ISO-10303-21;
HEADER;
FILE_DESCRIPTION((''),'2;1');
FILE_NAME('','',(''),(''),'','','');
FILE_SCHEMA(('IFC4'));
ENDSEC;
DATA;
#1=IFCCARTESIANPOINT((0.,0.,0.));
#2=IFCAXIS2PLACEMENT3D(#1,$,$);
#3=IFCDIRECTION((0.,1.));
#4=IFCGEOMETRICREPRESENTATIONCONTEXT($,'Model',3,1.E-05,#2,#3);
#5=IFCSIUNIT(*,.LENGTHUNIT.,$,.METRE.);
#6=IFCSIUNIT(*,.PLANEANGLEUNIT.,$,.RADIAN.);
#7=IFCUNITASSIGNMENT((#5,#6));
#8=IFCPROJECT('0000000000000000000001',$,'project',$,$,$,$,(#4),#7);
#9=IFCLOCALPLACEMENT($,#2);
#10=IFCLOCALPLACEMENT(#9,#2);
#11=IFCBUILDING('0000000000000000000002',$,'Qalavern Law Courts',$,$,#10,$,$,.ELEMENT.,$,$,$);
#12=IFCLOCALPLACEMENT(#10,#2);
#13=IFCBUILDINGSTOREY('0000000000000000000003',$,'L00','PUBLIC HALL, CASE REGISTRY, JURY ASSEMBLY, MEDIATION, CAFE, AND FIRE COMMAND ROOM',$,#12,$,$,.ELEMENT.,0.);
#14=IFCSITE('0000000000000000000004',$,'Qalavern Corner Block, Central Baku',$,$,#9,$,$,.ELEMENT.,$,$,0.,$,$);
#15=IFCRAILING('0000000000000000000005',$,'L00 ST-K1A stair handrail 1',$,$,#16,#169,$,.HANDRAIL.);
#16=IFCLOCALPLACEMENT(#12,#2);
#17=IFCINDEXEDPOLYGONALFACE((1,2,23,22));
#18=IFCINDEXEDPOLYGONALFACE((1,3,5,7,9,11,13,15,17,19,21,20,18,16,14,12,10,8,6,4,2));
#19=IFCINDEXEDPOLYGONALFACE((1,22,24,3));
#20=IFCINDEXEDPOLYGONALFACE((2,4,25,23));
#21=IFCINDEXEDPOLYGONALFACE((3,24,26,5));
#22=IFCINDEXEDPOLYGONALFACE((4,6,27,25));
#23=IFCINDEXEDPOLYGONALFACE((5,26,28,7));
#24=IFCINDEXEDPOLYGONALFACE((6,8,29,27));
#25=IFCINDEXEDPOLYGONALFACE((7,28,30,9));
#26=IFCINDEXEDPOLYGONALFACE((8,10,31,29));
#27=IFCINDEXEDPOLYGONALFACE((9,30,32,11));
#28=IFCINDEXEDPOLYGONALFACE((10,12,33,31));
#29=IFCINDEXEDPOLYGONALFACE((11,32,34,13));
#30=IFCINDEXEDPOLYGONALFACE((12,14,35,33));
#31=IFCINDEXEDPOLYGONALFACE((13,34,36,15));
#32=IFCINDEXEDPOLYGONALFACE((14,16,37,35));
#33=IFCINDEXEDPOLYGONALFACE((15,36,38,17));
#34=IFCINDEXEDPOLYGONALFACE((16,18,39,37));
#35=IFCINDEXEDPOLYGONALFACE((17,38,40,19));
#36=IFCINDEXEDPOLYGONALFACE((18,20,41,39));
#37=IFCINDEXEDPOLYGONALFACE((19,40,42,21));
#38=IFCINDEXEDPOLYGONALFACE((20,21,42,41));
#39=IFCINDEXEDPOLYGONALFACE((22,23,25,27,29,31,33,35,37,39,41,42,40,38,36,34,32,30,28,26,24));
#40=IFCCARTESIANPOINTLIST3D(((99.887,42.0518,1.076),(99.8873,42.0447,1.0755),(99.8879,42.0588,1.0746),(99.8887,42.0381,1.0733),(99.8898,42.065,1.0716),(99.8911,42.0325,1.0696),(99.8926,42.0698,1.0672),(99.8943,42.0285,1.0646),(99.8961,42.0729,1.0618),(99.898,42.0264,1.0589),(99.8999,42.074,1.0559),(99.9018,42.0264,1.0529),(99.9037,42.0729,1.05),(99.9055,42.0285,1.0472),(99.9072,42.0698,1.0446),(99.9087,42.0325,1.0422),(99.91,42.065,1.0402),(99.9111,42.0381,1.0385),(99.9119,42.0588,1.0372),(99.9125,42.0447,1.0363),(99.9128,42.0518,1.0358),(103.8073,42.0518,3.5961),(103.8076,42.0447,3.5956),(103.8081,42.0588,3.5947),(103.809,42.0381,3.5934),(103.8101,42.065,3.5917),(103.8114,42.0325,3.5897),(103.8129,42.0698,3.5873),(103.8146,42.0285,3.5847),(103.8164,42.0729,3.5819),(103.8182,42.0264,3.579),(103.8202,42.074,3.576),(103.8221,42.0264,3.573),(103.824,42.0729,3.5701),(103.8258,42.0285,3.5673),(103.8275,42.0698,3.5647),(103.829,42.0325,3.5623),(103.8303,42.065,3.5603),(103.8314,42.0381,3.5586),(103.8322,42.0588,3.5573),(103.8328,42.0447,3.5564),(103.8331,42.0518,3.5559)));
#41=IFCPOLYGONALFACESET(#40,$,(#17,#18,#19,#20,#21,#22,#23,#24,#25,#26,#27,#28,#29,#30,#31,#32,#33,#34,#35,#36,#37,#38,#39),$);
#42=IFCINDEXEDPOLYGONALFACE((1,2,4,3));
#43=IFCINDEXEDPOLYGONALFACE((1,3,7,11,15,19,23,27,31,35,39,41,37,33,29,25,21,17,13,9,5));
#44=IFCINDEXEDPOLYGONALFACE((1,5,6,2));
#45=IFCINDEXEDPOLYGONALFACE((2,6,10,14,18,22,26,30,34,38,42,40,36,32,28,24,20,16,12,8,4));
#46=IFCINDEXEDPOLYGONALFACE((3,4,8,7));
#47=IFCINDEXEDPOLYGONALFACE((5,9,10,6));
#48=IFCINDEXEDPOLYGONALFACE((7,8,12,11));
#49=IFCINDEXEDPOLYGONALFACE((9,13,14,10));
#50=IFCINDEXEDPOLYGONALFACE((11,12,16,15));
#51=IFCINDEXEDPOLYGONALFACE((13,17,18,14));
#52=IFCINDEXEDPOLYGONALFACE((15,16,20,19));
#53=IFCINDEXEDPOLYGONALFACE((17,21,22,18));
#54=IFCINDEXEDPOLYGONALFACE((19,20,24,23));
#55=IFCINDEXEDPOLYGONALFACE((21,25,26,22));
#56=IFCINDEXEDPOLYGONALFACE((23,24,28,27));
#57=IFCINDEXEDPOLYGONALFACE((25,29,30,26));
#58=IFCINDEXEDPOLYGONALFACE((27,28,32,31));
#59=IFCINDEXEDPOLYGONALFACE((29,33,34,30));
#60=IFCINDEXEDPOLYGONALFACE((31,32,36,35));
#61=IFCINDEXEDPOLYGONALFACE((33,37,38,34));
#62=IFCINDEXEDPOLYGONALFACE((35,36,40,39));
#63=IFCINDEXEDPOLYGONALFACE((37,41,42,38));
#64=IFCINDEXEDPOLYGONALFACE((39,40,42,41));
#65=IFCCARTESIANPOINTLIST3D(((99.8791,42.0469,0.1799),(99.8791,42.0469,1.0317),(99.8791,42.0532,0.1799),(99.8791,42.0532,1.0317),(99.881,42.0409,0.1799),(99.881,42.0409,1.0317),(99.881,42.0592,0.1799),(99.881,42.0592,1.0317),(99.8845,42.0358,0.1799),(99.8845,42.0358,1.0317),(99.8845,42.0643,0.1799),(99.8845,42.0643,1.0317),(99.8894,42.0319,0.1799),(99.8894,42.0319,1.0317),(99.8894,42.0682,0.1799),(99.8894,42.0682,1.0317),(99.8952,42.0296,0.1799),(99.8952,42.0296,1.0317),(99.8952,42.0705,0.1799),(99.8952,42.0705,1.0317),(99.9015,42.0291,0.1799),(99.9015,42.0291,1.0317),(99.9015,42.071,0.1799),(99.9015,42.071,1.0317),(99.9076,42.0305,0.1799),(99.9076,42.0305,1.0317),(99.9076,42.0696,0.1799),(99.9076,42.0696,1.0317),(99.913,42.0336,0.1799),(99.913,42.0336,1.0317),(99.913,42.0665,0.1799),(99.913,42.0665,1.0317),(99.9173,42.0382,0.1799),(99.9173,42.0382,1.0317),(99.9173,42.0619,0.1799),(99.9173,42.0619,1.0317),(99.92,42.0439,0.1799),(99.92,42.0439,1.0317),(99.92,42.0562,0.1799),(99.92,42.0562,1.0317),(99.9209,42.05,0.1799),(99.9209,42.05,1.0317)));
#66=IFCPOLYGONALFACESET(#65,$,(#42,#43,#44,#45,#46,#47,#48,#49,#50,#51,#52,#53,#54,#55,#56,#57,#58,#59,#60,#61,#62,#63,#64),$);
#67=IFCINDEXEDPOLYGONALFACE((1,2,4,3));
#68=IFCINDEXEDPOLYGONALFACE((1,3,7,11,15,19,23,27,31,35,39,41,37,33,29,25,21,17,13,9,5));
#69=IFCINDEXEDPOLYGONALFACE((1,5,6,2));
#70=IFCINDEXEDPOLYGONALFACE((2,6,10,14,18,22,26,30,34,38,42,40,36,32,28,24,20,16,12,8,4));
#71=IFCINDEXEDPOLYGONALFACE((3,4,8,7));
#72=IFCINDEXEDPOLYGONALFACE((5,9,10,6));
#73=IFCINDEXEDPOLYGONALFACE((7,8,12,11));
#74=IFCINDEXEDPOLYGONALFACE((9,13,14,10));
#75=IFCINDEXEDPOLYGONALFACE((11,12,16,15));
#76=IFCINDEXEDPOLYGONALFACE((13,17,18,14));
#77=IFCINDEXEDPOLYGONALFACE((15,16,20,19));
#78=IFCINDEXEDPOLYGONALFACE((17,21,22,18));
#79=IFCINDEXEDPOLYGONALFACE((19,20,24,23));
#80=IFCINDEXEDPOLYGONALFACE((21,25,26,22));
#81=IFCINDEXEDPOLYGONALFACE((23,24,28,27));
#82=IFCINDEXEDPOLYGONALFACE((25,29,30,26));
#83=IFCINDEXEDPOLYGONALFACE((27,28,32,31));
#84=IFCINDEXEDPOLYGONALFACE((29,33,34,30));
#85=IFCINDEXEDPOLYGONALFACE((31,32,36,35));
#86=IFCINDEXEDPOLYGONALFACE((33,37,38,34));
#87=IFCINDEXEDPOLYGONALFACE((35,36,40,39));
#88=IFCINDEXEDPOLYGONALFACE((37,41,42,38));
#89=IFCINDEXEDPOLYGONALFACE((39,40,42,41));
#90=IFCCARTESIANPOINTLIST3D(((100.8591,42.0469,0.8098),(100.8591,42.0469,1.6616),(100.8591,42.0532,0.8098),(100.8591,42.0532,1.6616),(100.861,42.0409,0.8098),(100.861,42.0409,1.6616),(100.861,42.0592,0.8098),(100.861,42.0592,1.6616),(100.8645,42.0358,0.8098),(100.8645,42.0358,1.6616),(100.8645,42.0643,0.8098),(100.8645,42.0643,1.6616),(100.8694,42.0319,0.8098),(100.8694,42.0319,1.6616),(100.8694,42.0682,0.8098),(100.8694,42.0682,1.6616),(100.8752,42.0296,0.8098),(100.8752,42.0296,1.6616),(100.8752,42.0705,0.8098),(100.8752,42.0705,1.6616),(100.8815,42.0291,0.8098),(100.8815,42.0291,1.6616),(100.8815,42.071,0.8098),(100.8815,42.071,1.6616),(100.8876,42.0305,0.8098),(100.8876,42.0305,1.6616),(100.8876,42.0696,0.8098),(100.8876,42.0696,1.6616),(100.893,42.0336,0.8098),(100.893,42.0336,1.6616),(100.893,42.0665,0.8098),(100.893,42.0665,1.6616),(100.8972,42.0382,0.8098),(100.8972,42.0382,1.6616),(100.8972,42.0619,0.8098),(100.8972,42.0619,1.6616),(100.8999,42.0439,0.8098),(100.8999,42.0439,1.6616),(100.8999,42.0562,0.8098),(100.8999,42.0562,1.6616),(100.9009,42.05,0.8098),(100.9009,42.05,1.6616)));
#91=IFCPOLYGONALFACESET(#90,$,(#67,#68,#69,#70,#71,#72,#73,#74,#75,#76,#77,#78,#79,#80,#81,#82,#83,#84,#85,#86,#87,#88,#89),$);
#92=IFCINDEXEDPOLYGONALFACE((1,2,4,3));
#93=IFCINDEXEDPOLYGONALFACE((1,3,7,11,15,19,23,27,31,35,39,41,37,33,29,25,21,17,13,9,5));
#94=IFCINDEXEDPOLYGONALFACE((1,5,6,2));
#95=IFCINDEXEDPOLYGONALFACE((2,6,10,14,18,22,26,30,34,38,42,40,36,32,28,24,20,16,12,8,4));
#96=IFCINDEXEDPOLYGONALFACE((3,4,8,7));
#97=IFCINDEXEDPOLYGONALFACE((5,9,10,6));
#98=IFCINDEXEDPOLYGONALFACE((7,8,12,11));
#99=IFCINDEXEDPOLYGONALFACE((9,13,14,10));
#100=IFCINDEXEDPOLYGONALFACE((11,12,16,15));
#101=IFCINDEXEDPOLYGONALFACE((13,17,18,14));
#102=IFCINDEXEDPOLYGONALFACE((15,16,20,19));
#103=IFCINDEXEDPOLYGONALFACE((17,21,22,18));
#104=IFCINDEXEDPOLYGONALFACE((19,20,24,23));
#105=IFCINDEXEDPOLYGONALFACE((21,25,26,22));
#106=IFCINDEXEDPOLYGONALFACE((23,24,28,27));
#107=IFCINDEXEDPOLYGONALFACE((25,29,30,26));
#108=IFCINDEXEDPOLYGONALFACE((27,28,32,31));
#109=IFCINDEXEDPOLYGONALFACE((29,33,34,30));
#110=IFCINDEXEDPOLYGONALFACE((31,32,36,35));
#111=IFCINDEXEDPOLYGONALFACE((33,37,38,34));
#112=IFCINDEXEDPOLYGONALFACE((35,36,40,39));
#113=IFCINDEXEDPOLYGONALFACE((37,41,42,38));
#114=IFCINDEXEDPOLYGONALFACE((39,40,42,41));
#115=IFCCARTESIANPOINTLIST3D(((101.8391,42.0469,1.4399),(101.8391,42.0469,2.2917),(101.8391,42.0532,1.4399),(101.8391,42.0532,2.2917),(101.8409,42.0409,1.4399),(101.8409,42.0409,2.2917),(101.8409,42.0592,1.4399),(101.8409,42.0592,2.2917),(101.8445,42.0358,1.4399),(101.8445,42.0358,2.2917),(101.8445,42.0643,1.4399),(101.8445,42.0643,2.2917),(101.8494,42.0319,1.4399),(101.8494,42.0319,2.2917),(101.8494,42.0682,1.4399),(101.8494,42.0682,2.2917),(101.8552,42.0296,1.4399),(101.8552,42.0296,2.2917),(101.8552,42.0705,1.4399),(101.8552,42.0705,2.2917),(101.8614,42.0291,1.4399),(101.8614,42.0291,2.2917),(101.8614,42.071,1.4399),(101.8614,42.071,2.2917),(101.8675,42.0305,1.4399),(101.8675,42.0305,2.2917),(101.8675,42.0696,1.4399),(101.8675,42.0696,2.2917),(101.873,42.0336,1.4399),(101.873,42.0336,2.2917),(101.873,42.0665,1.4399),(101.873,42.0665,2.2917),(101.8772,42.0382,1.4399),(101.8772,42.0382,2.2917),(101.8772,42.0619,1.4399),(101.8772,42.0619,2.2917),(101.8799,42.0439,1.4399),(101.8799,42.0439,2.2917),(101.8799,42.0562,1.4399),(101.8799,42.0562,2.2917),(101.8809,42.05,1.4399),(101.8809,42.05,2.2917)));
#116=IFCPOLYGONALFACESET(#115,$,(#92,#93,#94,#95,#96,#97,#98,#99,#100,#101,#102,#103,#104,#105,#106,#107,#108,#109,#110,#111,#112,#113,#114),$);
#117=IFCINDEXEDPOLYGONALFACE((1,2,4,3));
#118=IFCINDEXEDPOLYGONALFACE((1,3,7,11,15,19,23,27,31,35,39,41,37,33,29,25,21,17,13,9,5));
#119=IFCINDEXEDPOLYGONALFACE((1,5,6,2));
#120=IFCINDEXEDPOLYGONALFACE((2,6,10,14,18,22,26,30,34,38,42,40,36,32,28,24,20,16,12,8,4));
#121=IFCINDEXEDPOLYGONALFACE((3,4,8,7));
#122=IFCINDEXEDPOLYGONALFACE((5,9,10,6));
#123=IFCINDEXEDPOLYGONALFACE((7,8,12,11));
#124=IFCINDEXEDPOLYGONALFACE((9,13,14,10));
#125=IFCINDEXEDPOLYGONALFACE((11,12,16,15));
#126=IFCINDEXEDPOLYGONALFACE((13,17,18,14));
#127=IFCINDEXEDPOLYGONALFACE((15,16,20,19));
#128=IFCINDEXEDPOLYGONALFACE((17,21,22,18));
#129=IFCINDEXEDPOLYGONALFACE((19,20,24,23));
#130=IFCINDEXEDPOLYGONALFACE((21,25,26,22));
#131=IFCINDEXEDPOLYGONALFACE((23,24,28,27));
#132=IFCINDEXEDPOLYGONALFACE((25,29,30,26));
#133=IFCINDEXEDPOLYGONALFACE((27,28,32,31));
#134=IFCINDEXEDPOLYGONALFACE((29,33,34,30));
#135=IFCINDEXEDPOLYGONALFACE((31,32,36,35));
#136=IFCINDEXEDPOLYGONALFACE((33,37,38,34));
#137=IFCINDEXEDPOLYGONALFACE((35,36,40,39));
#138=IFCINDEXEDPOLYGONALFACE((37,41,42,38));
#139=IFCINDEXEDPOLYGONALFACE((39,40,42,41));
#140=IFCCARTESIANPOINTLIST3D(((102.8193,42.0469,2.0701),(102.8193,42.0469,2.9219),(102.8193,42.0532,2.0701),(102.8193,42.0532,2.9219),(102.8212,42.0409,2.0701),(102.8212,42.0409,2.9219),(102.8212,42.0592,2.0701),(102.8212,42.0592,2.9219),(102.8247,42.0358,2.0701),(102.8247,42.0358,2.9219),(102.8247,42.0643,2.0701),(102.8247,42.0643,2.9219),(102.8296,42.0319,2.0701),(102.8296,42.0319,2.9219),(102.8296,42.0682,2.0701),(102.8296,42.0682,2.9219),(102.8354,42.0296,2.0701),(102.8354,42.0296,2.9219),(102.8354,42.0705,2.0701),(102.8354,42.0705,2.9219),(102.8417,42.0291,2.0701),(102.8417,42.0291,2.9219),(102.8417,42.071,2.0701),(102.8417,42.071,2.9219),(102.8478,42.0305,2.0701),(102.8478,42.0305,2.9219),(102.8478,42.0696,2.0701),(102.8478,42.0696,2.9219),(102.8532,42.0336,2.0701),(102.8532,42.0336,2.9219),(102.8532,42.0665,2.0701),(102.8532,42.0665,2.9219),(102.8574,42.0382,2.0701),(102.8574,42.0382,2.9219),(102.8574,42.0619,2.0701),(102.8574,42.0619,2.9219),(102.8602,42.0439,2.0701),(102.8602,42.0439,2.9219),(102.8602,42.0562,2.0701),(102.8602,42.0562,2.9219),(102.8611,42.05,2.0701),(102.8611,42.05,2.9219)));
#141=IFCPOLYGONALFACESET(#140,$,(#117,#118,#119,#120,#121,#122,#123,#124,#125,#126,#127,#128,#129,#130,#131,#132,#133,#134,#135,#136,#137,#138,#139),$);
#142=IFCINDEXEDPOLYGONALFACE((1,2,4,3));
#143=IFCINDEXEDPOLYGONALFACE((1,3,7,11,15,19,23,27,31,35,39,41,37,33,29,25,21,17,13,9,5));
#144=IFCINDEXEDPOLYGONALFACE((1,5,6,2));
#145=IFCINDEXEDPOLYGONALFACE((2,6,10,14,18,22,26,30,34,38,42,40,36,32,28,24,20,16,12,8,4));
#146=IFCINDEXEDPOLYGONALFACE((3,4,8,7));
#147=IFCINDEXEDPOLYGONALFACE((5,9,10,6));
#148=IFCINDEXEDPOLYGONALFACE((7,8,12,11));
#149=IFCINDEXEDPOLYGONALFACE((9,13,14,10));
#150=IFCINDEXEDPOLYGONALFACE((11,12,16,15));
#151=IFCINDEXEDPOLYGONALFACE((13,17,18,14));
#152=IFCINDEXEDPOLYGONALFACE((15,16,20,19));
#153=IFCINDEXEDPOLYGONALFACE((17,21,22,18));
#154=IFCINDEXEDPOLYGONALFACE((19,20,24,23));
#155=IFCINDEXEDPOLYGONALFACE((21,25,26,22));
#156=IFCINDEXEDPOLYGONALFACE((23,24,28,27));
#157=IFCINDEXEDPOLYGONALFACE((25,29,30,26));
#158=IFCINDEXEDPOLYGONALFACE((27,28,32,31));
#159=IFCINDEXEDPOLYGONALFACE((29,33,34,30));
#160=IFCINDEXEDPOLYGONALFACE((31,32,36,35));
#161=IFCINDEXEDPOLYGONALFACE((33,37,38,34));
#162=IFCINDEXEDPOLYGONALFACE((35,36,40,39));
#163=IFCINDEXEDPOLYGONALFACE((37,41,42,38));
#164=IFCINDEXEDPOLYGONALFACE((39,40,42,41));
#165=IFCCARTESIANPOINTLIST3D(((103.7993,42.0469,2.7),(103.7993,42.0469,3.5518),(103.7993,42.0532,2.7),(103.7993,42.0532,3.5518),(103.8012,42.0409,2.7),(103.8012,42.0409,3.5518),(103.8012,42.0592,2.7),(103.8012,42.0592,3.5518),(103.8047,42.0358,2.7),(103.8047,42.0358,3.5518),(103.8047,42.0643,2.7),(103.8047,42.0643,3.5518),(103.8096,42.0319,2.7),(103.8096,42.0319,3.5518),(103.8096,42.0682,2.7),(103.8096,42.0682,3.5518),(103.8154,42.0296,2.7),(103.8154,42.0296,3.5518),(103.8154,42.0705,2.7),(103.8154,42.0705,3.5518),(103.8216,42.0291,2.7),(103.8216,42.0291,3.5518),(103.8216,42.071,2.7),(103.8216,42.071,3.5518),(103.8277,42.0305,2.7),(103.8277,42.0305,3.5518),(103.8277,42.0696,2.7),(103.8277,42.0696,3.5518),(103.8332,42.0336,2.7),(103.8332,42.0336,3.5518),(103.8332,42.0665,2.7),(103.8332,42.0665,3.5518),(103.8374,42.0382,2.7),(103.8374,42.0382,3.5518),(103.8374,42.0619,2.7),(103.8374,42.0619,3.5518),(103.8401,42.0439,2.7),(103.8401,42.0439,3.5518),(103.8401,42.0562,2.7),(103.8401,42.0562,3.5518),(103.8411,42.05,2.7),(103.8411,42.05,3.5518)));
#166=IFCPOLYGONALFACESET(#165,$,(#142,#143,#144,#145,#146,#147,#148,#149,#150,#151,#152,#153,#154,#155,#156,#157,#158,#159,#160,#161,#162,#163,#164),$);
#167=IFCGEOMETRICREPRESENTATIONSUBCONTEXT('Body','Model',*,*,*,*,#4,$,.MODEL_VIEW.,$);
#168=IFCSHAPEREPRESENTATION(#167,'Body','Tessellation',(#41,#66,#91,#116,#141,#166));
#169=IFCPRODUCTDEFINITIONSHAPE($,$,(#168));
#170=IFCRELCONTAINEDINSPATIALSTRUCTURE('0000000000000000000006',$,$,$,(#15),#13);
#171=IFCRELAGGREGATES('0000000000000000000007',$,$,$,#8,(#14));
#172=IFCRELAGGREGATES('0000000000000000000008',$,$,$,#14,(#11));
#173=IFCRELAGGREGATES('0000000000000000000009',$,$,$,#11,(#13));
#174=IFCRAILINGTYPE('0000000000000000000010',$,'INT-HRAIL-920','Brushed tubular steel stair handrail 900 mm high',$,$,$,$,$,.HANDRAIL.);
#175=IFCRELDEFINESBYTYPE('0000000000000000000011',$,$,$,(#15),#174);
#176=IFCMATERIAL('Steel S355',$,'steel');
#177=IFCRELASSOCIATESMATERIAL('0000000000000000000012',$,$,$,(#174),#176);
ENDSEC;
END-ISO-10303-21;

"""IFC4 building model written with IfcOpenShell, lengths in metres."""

from ifc_helpers import new_model, si_unit, direction, frame, origin, origin_2d, place, context, subcontext, project, spatial, circle, extrude, material, type_object, element, save


model = new_model("IFC4")

# Units and contexts
model_context = context("Model", 3, precision=1e-05, world=origin(), true_north=direction((0.0, 1.0)))
body_context = subcontext(model_context, "Body", "Model", "MODEL_VIEW")
ifc_project = project(units=[si_unit("LENGTHUNIT", "METRE"), si_unit("PLANEANGLEUNIT", "RADIAN")], contexts=[model_context])

# Site, building, storey
site_placement = place(None, origin())
site = spatial("IfcSite", under=ifc_project, at=site_placement, Name="Qalavern Corner Block, Central Baku", CompositionType="ELEMENT", RefElevation=0.0)
building_placement = place(site_placement, origin())
building = spatial("IfcBuilding", under=site, at=building_placement, Name="Qalavern Law Courts", CompositionType="ELEMENT")
storey_placement = place(building_placement, origin())
storey = spatial("IfcBuildingStorey", under=building, at=storey_placement, Name="L00", Description="PUBLIC HALL, CASE REGISTRY, JURY ASSEMBLY, MEDIATION, CAFE, AND FIRE COMMAND ROOM", CompositionType="ELEMENT", Elevation=0.0)

# Shared definitions
ifc_material_1 = material(Name="Steel S355", Category="steel")

# Railing
railing_type_1 = type_object("IfcRailingType", Name="INT-HRAIL-920", Description="Brushed tubular steel stair handrail 900 mm high", PredefinedType="HANDRAIL", material=ifc_material_1)
railing_1_placement = place(storey_placement, frame((99.8999, 42.05, 0.1799)))
element("IfcRailing", 1, at=railing_1_placement, inside=storey, type_object=railing_type_1, Name="L00 ST-K1A stair handrail 1", PredefinedType="HANDRAIL", context=body_context, shape_type="SweptSolid", body=[
    extrude(circle(Radius=0.0239, at=origin_2d()), frame((0.0, 0.0, 0.876), z_axis=(0.841187, 0.0, 0.540744), x_axis=(0.0, 1.0, 0.0)), (0.0, 0.0, 1.0), 4.6604),
    extrude(circle(Radius=0.021, at=origin_2d()), origin(), (0.0, 0.0, 1.0), 0.8518),
    extrude(circle(Radius=0.021, at=origin_2d()), frame((0.98, 0.0, 0.6299)), (0.0, 0.0, 1.0), 0.8518),
    extrude(circle(Radius=0.021, at=origin_2d()), frame((1.96, 0.0, 1.26)), (0.0, 0.0, 1.0), 0.8518),
    extrude(circle(Radius=0.021, at=origin_2d()), frame((2.9402, 0.0, 1.8901)), (0.0, 0.0, 1.0), 0.8518),
    extrude(circle(Radius=0.021, at=origin_2d()), frame((3.9202, 0.0, 2.52)), (0.0, 0.0, 1.0), 0.8518),
])

save(model, "model.ifc")
